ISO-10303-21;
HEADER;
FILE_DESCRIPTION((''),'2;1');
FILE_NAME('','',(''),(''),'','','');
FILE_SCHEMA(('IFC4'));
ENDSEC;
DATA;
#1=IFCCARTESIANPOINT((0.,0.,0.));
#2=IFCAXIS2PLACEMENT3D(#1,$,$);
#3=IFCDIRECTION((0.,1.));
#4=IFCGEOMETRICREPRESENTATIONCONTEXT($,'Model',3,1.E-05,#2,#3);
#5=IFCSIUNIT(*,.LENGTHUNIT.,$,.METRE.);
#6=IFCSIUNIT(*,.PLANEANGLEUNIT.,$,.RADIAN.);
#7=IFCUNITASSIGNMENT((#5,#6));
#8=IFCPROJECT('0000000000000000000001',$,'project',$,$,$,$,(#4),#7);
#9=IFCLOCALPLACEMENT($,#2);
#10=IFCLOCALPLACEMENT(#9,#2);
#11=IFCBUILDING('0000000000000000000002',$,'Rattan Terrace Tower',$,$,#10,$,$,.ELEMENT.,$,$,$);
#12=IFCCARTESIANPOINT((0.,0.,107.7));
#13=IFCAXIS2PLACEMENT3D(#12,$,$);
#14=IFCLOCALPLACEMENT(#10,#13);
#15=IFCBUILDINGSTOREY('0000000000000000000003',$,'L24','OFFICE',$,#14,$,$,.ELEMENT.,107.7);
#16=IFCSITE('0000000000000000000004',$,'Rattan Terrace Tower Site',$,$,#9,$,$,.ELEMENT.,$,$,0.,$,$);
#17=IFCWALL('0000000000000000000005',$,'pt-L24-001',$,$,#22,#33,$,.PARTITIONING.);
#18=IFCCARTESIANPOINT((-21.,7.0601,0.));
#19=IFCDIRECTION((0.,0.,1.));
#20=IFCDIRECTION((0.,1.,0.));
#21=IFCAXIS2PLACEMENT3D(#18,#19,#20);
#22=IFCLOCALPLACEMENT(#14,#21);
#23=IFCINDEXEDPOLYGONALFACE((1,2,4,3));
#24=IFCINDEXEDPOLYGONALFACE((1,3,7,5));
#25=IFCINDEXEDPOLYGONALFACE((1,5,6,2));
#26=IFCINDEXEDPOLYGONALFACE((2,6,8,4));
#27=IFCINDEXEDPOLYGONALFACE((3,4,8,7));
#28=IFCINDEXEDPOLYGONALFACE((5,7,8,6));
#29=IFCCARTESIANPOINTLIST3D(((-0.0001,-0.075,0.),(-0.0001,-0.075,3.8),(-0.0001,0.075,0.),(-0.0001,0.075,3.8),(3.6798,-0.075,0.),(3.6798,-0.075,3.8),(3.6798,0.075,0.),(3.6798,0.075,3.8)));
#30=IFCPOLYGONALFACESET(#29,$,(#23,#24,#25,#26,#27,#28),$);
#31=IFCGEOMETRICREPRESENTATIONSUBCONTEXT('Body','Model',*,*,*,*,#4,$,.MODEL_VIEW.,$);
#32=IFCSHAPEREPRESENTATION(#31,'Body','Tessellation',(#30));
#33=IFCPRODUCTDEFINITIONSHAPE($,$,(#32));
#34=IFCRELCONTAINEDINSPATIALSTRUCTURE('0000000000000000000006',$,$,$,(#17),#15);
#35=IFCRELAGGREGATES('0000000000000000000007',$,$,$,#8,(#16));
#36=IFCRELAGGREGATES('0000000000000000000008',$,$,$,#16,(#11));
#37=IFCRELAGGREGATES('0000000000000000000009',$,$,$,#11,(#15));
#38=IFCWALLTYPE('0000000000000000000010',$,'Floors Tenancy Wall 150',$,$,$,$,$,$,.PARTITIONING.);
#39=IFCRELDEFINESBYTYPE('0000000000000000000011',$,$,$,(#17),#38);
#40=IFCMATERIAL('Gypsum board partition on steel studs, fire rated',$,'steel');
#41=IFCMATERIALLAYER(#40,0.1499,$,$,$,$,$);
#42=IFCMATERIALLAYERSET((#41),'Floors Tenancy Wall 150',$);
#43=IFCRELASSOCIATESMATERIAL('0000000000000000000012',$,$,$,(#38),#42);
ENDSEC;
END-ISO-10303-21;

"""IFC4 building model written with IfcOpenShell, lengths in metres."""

from ifc_helpers import new_model, si_unit, direction, frame, frame_2d, origin, place, context, subcontext, project, spatial, rectangle, extrude, material, layer, layer_set, type_object, element, save


model = new_model("IFC4")

# Units and contexts
model_context = context("Model", 3, precision=1e-05, world=origin(), true_north=direction((0.0, 1.0)))
body_context = subcontext(model_context, "Body", "Model", "MODEL_VIEW")
ifc_project = project(units=[si_unit("LENGTHUNIT", "METRE"), si_unit("PLANEANGLEUNIT", "RADIAN")], contexts=[model_context])

# Site, building, storey
site_placement = place(None, origin())
site = spatial("IfcSite", under=ifc_project, at=site_placement, Name="Rattan Terrace Tower Site", CompositionType="ELEMENT", RefElevation=0.0)
building_placement = place(site_placement, origin())
building = spatial("IfcBuilding", under=site, at=building_placement, Name="Rattan Terrace Tower", CompositionType="ELEMENT")
storey_placement = place(building_placement, frame((0.0, 0.0, 107.7)))
storey = spatial("IfcBuildingStorey", under=building, at=storey_placement, Name="L24", Description="OFFICE", CompositionType="ELEMENT", Elevation=107.7)

# Wall
ifc_material_1 = material(Name="Gypsum board partition on steel studs, fire rated", Category="steel")
ifc_layer_1 = layer(ifc_material_1, 0.1499)
ifc_layer_set_1 = layer_set([ifc_layer_1], Name="Floors Tenancy Wall 150")
wall_type_1 = type_object("IfcWallType", Name="Floors Tenancy Wall 150", PredefinedType="PARTITIONING", material=ifc_layer_set_1)
wall_1_placement = place(storey_placement, frame((-21.0, 7.0601, 0.0), z_axis=(0.0, 0.0, 1.0), x_axis=(0.0, 1.0, 0.0)))
element("IfcWall", 1, at=wall_1_placement, inside=storey, type_object=wall_type_1, Name="pt-L24-001", PredefinedType="PARTITIONING", context=body_context, shape_type="SweptSolid", body=[
    extrude(rectangle(XDim=3.6799, YDim=0.1499, at=frame_2d((1.8398, 0.0))), origin(), (0.0, 0.0, 1.0), 3.8),
])

save(model, "model.ifc")
